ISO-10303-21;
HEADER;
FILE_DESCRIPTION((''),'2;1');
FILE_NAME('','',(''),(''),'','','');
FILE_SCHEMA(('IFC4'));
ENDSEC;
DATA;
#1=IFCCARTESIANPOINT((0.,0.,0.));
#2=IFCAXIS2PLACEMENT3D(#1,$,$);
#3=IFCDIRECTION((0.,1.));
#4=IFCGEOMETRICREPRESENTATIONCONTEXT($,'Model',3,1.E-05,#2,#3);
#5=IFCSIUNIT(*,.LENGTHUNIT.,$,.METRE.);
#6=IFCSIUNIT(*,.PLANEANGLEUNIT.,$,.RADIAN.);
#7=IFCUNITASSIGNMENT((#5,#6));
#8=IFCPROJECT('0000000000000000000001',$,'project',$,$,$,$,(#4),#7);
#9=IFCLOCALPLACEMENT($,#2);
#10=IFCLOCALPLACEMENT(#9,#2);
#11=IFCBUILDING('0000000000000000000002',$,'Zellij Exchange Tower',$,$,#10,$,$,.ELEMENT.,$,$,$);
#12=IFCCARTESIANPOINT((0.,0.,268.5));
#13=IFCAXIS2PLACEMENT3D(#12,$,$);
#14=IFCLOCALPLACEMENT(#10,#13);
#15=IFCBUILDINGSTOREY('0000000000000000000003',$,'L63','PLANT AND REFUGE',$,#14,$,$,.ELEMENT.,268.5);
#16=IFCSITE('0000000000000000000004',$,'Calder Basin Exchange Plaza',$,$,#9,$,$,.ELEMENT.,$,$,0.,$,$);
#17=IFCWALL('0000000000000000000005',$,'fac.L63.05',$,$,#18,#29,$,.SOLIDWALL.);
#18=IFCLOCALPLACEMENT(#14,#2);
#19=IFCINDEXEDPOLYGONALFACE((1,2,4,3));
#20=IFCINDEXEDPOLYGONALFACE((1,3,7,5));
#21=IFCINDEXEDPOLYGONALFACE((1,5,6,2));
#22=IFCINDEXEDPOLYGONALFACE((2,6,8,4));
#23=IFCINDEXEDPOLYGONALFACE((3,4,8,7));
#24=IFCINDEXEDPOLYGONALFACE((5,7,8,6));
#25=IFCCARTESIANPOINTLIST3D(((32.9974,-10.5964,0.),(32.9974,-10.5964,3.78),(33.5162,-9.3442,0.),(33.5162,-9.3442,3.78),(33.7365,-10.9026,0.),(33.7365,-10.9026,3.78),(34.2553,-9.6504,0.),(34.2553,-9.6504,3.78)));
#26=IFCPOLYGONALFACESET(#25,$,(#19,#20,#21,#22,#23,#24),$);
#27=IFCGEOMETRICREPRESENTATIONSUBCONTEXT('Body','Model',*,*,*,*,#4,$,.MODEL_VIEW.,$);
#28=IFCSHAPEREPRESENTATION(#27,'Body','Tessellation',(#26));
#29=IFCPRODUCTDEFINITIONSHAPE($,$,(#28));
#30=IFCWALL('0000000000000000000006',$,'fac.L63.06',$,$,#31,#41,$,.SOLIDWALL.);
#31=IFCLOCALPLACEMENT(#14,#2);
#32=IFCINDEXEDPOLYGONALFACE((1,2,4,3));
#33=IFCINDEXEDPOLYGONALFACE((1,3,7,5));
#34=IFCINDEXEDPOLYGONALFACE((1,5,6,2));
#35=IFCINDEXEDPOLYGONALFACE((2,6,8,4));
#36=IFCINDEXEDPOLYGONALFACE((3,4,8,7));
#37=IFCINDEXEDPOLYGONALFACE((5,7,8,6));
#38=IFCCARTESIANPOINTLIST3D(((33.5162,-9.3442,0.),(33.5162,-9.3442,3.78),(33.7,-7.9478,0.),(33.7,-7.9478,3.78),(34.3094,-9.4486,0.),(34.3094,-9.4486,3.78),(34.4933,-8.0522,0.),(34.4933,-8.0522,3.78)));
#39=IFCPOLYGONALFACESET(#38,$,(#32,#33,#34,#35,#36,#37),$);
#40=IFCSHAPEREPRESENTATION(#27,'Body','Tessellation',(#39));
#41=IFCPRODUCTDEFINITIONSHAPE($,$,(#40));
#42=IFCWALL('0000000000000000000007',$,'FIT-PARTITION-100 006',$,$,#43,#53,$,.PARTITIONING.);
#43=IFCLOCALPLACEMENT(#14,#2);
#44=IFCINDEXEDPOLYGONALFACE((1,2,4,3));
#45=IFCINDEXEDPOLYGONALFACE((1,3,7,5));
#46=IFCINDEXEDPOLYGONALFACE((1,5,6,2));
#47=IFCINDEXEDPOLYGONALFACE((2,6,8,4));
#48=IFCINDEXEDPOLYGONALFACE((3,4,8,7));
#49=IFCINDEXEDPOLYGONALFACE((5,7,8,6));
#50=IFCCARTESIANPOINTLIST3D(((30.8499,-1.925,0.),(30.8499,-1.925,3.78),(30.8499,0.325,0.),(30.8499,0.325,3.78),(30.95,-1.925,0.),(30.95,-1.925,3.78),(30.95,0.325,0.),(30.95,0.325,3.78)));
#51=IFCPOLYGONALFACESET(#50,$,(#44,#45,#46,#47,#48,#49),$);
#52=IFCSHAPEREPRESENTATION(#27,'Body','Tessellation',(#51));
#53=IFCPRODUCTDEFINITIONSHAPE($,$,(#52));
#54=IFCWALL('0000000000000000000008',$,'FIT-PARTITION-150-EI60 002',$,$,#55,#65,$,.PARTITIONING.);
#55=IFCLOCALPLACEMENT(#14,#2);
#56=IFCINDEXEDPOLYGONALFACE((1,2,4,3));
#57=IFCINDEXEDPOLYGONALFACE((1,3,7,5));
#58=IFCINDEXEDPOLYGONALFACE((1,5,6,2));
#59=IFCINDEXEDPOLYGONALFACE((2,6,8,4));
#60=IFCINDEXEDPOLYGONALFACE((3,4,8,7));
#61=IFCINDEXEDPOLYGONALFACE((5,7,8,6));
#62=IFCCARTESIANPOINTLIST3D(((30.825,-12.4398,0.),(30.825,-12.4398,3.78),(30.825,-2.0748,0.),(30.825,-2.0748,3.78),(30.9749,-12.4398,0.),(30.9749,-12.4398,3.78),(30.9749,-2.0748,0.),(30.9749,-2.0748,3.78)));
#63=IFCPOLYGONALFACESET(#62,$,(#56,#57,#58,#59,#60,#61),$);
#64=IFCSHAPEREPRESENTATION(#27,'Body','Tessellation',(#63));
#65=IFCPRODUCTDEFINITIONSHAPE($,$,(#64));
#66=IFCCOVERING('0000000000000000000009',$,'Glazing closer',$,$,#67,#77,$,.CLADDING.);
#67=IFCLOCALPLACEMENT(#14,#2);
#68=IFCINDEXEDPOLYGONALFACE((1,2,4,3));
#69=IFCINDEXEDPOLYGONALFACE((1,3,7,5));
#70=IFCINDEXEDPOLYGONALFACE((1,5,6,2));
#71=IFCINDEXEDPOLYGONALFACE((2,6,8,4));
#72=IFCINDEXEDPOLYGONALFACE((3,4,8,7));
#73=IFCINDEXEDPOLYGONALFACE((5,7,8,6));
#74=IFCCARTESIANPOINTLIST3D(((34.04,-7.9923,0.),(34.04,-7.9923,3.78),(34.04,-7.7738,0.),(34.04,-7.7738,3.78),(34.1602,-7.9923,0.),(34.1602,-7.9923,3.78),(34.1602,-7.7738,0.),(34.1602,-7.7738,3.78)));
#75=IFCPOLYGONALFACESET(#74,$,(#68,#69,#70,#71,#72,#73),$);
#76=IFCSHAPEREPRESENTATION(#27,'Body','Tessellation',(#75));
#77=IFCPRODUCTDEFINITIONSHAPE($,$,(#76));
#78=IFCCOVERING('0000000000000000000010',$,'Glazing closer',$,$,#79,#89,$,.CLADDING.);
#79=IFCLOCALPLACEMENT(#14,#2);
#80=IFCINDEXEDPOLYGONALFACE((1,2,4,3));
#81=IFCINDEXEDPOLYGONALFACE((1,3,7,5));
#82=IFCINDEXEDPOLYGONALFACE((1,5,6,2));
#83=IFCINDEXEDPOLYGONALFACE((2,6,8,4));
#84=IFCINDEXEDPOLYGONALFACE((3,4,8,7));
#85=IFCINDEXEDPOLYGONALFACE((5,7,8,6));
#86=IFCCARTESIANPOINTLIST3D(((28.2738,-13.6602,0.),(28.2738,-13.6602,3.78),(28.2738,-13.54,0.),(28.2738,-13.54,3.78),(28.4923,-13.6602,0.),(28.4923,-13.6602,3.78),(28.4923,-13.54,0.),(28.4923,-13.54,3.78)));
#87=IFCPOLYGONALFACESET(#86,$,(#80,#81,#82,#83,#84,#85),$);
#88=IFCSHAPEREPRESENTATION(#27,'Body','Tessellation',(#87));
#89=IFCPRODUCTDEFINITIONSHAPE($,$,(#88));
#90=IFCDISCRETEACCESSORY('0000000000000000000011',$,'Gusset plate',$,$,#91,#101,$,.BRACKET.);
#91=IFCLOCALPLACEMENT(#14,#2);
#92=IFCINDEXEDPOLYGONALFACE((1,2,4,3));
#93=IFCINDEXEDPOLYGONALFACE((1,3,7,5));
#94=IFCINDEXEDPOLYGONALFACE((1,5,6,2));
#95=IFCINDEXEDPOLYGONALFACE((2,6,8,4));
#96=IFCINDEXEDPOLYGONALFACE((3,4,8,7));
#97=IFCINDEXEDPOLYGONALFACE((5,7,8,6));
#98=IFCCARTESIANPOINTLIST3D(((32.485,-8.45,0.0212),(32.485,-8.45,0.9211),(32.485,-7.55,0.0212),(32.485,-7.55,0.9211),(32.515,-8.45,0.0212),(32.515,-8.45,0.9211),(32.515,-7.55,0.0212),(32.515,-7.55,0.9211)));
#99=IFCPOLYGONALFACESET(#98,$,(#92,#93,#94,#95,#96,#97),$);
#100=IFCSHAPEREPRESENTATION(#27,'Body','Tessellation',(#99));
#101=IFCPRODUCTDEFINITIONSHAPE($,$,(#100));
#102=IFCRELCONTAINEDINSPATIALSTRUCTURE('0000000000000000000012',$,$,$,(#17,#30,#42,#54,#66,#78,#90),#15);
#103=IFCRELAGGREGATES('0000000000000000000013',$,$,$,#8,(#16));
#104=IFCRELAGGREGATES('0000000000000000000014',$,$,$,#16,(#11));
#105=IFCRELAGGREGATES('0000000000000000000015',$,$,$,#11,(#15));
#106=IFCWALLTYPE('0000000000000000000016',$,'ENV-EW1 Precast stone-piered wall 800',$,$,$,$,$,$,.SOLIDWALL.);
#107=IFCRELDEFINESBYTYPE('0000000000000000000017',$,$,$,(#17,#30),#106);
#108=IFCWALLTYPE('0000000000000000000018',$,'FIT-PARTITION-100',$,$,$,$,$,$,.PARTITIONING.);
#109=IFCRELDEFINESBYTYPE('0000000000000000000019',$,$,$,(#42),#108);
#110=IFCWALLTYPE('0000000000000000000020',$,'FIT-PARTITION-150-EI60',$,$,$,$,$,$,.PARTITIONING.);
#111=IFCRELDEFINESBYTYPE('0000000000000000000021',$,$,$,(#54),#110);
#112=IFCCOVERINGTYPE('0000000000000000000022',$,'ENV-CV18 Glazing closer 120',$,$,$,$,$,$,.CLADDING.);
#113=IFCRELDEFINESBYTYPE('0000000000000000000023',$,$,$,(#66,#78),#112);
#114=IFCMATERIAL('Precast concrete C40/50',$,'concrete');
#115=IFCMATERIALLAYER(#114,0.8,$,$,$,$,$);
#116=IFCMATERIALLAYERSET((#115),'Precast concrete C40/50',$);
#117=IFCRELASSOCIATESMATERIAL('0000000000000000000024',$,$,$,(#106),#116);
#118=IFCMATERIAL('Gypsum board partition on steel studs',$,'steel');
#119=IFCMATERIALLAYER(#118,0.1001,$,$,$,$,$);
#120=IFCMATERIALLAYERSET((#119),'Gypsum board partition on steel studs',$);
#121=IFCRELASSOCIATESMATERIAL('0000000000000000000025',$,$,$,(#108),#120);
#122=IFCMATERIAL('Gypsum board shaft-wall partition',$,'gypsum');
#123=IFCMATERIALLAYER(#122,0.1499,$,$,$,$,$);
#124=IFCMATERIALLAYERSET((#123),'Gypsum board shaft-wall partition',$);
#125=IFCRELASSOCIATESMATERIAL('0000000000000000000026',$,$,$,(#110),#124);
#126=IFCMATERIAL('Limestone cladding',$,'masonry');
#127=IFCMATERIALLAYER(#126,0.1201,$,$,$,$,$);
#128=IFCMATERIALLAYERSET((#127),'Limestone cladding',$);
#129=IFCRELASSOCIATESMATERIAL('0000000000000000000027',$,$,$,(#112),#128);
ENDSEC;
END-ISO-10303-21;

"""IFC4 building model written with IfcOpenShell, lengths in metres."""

from ifc_helpers import new_model, si_unit, direction, frame, frame_2d, origin, origin_2d, place, context, subcontext, project, spatial, rectangle, extrude, material, layer, layer_set, type_object, element, save


model = new_model("IFC4")

# Units and contexts
model_context = context("Model", 3, precision=1e-05, world=origin(), true_north=direction((0.0, 1.0)))
body_context = subcontext(model_context, "Body", "Model", "MODEL_VIEW")
ifc_project = project(units=[si_unit("LENGTHUNIT", "METRE"), si_unit("PLANEANGLEUNIT", "RADIAN")], contexts=[model_context])

# Site, building, storey
site_placement = place(None, origin())
site = spatial("IfcSite", under=ifc_project, at=site_placement, Name="Calder Basin Exchange Plaza", CompositionType="ELEMENT", RefElevation=0.0)
building_placement = place(site_placement, origin())
building = spatial("IfcBuilding", under=site, at=building_placement, Name="Zellij Exchange Tower", CompositionType="ELEMENT")
storey_placement = place(building_placement, frame((0.0, 0.0, 268.5)))
storey = spatial("IfcBuildingStorey", under=building, at=storey_placement, Name="L63", Description="PLANT AND REFUGE", CompositionType="ELEMENT", Elevation=268.5)

# Walls
ifc_material_1 = material(Name="Precast concrete C40/50", Category="concrete")
ifc_layer_1 = layer(ifc_material_1, 0.8)
ifc_layer_set_1 = layer_set([ifc_layer_1], Name="Precast concrete C40/50")
wall_type_1 = type_object("IfcWallType", Name="ENV-EW1 Precast stone-piered wall 800", PredefinedType="SOLIDWALL", material=ifc_layer_set_1)
wall_1_placement = place(storey_placement, frame((33.3669, -10.7495, 0.0), z_axis=(0.0, 0.0, 1.0), x_axis=(0.38276, 0.923848, 0.0)))
element("IfcWall", 1, at=wall_1_placement, inside=storey, type_object=wall_type_1, Name="fac.L63.05", PredefinedType="SOLIDWALL", context=body_context, shape_type="SweptSolid", body=[
    extrude(rectangle(XDim=1.3555, YDim=0.8, at=frame_2d((0.6777, 0.0))), origin(), (0.0, 0.0, 1.0), 3.78),
])
wall_2_placement = place(storey_placement, frame((33.9128, -9.3962, 0.0), z_axis=(0.0, 0.0, 1.0), x_axis=(0.130517, 0.991446, 0.0)))
element("IfcWall", 2, at=wall_2_placement, inside=storey, type_object=wall_type_1, Name="fac.L63.06", PredefinedType="SOLIDWALL", context=body_context, shape_type="SweptSolid", body=[
    extrude(rectangle(XDim=1.4084, YDim=0.8, at=frame_2d((0.7041, 0.0))), origin(), (0.0, 0.0, 1.0), 3.78),
])
ifc_material_2 = material(Name="Gypsum board partition on steel studs", Category="steel")
ifc_layer_2 = layer(ifc_material_2, 0.1001)
ifc_layer_set_2 = layer_set([ifc_layer_2], Name="Gypsum board partition on steel studs")
wall_type_2 = type_object("IfcWallType", Name="FIT-PARTITION-100", PredefinedType="PARTITIONING", material=ifc_layer_set_2)
wall_3_placement = place(storey_placement, frame((30.8999, -1.925, 0.0), z_axis=(0.0, 0.0, 1.0), x_axis=(0.0, 1.0, 0.0)))
element("IfcWall", 3, at=wall_3_placement, inside=storey, type_object=wall_type_2, Name="FIT-PARTITION-100 006", PredefinedType="PARTITIONING", context=body_context, shape_type="SweptSolid", body=[
    extrude(rectangle(XDim=2.25, YDim=0.1001, at=frame_2d((1.125, 0.0))), origin(), (0.0, 0.0, 1.0), 3.78),
])
ifc_material_3 = material(Name="Gypsum board shaft-wall partition", Category="gypsum")
ifc_layer_3 = layer(ifc_material_3, 0.1499)
ifc_layer_set_3 = layer_set([ifc_layer_3], Name="Gypsum board shaft-wall partition")
wall_type_3 = type_object("IfcWallType", Name="FIT-PARTITION-150-EI60", PredefinedType="PARTITIONING", material=ifc_layer_set_3)
wall_4_placement = place(storey_placement, frame((30.8999, -12.4399, 0.0), z_axis=(0.0, 0.0, 1.0), x_axis=(0.0, 1.0, 0.0)))
element("IfcWall", 4, at=wall_4_placement, inside=storey, type_object=wall_type_3, Name="FIT-PARTITION-150-EI60 002", PredefinedType="PARTITIONING", context=body_context, shape_type="SweptSolid", body=[
    extrude(rectangle(XDim=10.365, YDim=0.1499, at=frame_2d((5.1826, 0.0))), origin(), (0.0, 0.0, 1.0), 3.78),
])

# Coverings
ifc_material_4 = material(Name="Limestone cladding", Category="masonry")
ifc_layer_4 = layer(ifc_material_4, 0.1201)
ifc_layer_set_4 = layer_set([ifc_layer_4], Name="Limestone cladding")
covering_type = type_object("IfcCoveringType", Name="ENV-CV18 Glazing closer 120", PredefinedType="CLADDING", material=ifc_layer_set_4)
for number, where, z_axis, x_axis, name in (
    (5, (34.1001, -7.8831, 0.0), (0.0, 0.0, 1.0), (0.0, -1.0, 0.0), "Glazing closer"),
    (6, (28.3831, -13.6001, 0.0), (0.0, 0.0, 1.0), (1.0, 0.0, 0.0), "Glazing closer"),
):
    element("IfcCovering", number, at=place(storey_placement, frame(where, z_axis=z_axis, x_axis=x_axis)), inside=storey, type_object=covering_type, Name=name, PredefinedType="CLADDING", context=body_context, shape_type="SweptSolid", body=[
        extrude(rectangle(XDim=0.2185, YDim=0.1201, at=origin_2d()), origin(), (0.0, 0.0, 1.0), 3.78),
    ])

# Discrete accessory
discrete_accessory_placement = place(storey_placement, frame((32.5, -8.0, 0.0212), z_axis=(0.0, 0.0, 1.0), x_axis=(0.0, 1.0, 0.0)))
element("IfcDiscreteAccessory", 7, at=discrete_accessory_placement, inside=storey, Name="Gusset plate", PredefinedType="BRACKET", context=body_context, shape_type="SweptSolid", body=[
    extrude(rectangle(XDim=0.8999, YDim=0.03, at=origin_2d()), origin(), (0.0, 0.0, 1.0), 0.8999),
])

save(model, "model.ifc")
